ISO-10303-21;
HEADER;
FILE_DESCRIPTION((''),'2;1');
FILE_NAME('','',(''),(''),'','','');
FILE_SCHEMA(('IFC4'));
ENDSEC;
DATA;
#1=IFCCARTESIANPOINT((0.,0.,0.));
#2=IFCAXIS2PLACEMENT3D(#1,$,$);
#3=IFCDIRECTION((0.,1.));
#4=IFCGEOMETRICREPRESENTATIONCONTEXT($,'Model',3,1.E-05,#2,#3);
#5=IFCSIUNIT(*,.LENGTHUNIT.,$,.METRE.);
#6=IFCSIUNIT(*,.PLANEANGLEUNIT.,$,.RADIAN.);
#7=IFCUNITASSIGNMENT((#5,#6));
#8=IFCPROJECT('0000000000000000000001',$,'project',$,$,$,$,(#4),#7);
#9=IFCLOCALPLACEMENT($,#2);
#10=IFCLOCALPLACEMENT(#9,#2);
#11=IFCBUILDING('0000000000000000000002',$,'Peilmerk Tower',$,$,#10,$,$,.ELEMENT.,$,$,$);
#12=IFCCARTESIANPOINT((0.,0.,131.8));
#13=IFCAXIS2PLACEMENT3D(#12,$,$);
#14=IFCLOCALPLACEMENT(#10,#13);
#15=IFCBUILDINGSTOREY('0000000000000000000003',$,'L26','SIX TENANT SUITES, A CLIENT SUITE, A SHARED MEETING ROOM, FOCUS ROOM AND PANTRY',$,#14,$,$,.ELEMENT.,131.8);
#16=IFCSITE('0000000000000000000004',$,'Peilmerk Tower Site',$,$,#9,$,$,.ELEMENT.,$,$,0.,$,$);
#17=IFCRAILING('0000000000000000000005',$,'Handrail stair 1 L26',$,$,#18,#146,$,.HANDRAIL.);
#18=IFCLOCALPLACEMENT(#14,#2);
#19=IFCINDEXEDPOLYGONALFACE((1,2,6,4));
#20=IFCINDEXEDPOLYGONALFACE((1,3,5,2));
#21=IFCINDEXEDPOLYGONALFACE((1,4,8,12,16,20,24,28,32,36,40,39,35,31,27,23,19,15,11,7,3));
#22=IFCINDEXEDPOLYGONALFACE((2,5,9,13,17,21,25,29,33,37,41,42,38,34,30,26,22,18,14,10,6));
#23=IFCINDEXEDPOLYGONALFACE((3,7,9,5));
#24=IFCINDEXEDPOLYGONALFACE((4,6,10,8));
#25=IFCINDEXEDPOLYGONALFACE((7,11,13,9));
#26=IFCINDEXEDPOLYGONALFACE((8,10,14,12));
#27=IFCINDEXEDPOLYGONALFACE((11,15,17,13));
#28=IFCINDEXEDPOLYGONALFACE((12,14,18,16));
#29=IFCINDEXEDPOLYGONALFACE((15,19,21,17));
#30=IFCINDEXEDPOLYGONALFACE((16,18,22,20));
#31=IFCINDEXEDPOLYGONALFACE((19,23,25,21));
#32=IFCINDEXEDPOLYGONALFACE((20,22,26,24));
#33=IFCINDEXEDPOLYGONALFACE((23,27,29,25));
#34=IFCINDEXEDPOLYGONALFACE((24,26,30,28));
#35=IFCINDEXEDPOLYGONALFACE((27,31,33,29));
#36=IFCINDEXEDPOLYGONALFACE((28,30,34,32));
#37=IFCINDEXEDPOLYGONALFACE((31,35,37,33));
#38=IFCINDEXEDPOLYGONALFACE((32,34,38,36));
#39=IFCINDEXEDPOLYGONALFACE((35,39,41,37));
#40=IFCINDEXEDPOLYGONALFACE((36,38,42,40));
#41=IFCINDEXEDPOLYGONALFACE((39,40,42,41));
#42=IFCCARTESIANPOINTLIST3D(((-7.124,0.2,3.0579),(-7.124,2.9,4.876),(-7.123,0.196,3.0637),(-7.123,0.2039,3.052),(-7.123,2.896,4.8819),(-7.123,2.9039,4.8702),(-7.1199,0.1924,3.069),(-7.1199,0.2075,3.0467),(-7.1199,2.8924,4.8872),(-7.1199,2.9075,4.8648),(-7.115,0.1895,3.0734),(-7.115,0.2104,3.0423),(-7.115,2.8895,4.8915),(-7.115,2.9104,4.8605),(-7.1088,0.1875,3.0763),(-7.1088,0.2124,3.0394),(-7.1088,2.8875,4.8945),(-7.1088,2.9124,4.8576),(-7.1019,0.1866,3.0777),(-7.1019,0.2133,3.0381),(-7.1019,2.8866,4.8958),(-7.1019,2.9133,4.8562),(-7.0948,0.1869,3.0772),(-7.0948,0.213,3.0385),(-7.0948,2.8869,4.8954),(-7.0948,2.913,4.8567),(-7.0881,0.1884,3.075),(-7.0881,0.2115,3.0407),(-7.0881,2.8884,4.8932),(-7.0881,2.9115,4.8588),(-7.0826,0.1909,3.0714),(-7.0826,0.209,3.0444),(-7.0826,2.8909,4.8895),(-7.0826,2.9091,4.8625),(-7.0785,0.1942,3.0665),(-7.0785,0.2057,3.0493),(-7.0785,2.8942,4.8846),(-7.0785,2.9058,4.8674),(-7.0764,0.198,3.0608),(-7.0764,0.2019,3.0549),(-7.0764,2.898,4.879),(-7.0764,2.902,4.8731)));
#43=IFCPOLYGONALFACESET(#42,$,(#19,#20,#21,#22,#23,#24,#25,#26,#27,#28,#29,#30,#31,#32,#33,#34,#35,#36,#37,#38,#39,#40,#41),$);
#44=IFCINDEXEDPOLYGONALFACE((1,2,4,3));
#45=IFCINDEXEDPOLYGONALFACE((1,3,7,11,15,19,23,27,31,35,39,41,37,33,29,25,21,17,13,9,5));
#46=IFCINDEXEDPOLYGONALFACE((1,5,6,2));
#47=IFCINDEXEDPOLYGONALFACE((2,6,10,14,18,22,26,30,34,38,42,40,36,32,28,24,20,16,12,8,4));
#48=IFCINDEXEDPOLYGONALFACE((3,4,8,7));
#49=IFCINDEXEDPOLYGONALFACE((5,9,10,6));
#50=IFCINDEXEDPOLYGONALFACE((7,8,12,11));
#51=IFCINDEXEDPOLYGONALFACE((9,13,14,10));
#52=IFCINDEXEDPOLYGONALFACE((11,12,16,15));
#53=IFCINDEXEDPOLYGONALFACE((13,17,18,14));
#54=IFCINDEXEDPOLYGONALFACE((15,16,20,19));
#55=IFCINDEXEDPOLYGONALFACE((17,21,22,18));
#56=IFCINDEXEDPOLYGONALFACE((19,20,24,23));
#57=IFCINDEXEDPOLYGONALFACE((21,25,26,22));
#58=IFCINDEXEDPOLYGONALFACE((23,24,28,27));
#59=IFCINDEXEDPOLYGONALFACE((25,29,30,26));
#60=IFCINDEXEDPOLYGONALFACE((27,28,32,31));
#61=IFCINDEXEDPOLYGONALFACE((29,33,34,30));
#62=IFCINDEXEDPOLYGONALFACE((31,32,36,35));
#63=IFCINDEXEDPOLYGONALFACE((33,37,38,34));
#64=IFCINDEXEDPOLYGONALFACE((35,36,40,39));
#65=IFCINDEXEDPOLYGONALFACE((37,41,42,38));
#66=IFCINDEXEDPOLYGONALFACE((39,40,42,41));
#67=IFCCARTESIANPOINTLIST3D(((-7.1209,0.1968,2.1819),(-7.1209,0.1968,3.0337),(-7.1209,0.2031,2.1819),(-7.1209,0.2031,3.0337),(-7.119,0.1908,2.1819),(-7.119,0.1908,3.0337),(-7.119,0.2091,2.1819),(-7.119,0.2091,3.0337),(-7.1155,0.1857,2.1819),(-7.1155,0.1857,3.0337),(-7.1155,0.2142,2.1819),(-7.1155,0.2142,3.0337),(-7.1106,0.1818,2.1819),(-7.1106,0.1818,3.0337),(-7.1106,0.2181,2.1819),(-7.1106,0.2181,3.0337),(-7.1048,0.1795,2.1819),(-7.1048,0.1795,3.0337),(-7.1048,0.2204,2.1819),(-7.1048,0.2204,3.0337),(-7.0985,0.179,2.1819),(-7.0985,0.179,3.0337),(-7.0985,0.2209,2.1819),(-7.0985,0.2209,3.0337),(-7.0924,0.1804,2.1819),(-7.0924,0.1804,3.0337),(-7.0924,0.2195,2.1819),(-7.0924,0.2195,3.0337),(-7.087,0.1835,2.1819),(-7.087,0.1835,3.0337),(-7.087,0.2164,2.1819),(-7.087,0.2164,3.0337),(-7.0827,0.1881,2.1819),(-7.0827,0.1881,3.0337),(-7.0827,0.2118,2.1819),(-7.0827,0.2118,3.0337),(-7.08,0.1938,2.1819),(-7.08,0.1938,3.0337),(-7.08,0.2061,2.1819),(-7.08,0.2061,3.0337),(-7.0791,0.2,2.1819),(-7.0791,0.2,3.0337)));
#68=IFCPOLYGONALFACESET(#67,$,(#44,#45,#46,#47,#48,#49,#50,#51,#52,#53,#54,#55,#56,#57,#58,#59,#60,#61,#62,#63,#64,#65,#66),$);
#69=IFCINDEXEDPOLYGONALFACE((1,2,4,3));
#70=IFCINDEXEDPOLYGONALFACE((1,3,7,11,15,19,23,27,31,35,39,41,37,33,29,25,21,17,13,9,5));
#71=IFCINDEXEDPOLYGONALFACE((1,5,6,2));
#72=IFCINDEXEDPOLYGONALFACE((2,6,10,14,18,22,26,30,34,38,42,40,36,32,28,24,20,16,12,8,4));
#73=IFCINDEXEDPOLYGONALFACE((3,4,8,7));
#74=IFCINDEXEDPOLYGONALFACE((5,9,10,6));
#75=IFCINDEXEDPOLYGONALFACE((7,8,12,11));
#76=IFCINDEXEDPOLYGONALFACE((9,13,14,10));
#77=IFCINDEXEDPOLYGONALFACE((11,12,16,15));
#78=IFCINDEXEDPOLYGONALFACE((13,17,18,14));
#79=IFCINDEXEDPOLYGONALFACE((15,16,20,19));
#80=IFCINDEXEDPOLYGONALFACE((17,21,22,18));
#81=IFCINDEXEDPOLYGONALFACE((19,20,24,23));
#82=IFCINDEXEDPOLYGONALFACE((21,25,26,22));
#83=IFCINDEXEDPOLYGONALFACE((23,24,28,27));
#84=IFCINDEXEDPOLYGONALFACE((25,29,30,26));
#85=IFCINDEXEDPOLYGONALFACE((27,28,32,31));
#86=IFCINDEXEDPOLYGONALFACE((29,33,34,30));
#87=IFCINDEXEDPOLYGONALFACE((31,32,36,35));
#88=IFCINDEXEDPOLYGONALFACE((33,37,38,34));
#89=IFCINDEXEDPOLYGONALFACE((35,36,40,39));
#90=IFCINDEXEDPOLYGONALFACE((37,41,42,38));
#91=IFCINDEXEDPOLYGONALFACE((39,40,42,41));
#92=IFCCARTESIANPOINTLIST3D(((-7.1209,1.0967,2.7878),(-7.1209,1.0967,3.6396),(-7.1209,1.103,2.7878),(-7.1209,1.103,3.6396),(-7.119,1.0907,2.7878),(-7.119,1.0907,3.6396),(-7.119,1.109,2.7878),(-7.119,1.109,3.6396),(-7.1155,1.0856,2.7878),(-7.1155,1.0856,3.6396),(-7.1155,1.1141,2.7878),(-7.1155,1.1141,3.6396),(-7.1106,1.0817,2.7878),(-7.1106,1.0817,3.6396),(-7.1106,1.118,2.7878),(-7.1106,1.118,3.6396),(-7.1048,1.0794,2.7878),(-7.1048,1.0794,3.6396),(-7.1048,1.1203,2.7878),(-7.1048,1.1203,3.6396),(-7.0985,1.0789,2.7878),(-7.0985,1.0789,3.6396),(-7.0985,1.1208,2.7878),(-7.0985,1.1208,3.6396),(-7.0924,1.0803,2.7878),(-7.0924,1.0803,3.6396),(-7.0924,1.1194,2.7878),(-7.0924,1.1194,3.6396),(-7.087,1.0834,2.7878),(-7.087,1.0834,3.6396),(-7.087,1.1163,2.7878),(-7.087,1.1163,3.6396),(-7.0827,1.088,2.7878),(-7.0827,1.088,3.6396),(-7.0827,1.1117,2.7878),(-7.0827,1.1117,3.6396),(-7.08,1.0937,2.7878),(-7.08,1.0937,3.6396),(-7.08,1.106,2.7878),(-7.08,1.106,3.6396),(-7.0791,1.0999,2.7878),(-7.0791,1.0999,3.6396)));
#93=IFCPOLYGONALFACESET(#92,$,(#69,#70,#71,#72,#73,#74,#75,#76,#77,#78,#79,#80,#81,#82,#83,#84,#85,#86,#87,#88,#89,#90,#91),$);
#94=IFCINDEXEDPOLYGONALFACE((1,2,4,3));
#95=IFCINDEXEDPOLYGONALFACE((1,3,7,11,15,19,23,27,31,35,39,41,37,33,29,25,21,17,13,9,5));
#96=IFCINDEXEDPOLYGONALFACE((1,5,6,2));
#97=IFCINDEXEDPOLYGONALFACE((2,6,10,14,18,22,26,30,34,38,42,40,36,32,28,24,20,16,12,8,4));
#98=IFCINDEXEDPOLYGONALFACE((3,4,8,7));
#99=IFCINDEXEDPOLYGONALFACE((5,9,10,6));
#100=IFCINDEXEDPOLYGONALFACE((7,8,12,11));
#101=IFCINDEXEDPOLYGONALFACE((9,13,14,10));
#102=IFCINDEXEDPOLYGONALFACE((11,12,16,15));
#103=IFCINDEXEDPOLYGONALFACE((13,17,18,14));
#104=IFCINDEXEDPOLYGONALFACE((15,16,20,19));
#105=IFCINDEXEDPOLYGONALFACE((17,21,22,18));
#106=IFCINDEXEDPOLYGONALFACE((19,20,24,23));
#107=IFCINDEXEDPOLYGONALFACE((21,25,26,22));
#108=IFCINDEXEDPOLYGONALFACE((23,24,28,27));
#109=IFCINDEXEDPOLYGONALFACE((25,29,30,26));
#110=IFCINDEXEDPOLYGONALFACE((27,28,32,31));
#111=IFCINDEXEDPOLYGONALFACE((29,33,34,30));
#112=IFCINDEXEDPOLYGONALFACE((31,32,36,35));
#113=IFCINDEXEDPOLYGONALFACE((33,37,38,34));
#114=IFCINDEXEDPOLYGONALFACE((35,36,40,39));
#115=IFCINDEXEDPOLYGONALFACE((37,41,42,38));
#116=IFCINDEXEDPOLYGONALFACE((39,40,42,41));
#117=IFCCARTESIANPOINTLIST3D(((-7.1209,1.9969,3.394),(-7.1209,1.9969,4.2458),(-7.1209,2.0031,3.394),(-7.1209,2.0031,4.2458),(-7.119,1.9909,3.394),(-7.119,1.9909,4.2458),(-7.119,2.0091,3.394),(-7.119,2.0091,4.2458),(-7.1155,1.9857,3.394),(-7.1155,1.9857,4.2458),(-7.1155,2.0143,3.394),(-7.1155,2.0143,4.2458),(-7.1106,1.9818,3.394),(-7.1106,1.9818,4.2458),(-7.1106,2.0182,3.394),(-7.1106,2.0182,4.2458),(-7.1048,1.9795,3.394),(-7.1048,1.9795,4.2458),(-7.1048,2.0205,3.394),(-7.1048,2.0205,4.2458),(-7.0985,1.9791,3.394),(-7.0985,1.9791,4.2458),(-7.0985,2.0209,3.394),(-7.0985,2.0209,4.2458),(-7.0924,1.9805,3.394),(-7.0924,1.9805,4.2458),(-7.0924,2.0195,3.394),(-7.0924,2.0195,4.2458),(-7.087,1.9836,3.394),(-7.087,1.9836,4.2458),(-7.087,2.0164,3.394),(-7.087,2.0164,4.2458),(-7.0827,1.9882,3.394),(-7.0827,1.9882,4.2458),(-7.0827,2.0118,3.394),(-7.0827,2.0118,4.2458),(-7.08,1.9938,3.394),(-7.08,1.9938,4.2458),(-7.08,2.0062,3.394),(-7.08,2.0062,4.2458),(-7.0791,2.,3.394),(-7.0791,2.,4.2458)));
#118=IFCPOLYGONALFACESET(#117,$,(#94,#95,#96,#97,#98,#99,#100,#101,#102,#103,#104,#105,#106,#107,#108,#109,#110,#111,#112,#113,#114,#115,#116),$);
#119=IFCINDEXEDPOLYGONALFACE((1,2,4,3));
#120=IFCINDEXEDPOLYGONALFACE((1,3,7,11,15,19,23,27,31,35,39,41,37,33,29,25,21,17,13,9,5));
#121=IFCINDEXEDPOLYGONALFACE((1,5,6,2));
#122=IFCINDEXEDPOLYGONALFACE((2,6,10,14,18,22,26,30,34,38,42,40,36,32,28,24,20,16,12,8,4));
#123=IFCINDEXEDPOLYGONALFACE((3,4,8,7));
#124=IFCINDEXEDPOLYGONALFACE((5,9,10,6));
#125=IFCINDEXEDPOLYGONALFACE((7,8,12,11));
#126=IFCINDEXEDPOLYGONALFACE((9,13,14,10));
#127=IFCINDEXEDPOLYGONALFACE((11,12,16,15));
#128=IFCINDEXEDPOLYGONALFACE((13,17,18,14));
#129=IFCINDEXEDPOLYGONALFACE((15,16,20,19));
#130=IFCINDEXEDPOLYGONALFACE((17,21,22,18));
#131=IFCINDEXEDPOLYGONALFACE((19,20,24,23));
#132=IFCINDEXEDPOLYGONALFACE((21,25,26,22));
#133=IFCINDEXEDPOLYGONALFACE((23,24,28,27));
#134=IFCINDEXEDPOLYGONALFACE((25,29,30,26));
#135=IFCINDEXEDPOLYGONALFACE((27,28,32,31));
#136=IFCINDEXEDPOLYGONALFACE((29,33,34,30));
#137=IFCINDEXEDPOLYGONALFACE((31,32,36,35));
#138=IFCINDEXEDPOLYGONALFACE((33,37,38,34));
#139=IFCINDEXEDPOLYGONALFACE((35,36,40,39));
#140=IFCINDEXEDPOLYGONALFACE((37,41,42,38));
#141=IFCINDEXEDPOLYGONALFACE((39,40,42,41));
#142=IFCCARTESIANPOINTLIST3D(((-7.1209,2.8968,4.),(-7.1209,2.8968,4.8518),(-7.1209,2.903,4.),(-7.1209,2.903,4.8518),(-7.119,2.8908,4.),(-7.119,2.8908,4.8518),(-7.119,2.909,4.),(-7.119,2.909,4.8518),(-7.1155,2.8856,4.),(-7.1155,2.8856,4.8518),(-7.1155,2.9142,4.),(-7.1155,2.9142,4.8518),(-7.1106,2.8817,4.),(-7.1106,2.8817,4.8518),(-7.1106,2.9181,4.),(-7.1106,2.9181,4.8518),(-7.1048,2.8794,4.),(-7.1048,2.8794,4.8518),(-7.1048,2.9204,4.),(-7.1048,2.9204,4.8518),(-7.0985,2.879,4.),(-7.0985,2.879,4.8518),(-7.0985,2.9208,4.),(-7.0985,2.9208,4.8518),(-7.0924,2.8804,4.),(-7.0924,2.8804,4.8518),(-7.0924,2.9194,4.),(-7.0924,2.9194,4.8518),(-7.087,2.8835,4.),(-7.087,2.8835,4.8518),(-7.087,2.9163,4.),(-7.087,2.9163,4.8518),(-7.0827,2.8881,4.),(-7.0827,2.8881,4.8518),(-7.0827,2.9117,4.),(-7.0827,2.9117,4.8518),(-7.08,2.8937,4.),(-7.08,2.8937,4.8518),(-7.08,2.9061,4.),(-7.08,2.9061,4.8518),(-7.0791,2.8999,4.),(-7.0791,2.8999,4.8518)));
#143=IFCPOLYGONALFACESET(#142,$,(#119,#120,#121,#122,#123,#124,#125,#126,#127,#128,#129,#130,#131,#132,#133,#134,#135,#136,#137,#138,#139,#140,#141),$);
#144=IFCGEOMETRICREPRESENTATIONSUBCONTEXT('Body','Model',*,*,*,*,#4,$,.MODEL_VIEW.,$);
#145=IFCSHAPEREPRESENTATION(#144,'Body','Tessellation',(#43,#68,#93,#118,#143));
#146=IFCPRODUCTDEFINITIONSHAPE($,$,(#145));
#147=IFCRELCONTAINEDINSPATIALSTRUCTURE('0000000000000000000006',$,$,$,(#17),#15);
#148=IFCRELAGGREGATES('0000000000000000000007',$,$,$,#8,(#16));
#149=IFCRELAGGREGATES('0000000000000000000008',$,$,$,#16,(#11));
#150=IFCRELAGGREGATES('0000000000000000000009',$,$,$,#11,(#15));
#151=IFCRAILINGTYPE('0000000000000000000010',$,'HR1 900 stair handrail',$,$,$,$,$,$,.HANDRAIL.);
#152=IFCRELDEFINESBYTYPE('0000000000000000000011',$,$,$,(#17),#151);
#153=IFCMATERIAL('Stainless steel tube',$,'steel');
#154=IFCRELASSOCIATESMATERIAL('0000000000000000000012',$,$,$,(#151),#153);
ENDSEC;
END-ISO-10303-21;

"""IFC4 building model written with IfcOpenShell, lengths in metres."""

from ifc_helpers import new_model, si_unit, direction, frame, origin, origin_2d, place, context, subcontext, project, spatial, circle, extrude, material, type_object, element, save


model = new_model("IFC4")

# Units and contexts
model_context = context("Model", 3, precision=1e-05, world=origin(), true_north=direction((0.0, 1.0)))
body_context = subcontext(model_context, "Body", "Model", "MODEL_VIEW")
ifc_project = project(units=[si_unit("LENGTHUNIT", "METRE"), si_unit("PLANEANGLEUNIT", "RADIAN")], contexts=[model_context])

# Site, building, storey
site_placement = place(None, origin())
site = spatial("IfcSite", under=ifc_project, at=site_placement, Name="Peilmerk Tower Site", CompositionType="ELEMENT", RefElevation=0.0)
building_placement = place(site_placement, origin())
building = spatial("IfcBuilding", under=site, at=building_placement, Name="Peilmerk Tower", CompositionType="ELEMENT")
storey_placement = place(building_placement, frame((0.0, 0.0, 131.8)))
storey = spatial("IfcBuildingStorey", under=building, at=storey_placement, Name="L26", Description="SIX TENANT SUITES, A CLIENT SUITE, A SHARED MEETING ROOM, FOCUS ROOM AND PANTRY", CompositionType="ELEMENT", Elevation=131.8)

# Railing
ifc_material_1 = material(Name="Stainless steel tube", Category="steel")
railing_type_1 = type_object("IfcRailingType", Name="HR1 900 stair handrail", PredefinedType="HANDRAIL", material=ifc_material_1)
railing_1_placement = place(storey_placement, frame((-7.1001, 0.2, 2.1819)))
element("IfcRailing", 1, at=railing_1_placement, inside=storey, type_object=railing_type_1, Name="Handrail stair 1 L26", PredefinedType="HANDRAIL", context=body_context, shape_type="SweptSolid", body=[
    extrude(circle(Radius=0.0239, at=origin_2d()), frame((0.0, 0.0, 0.876), z_axis=(0.0, 0.829468, 0.558554), x_axis=(-1.0, 0.0, 0.0)), (0.0, 0.0, 1.0), 3.2551),
    extrude(circle(Radius=0.021, at=origin_2d()), origin(), (0.0, 0.0, 1.0), 0.8518),
    extrude(circle(Radius=0.021, at=origin_2d()), frame((0.0, 0.8999, 0.606)), (0.0, 0.0, 1.0), 0.8518),
    extrude(circle(Radius=0.021, at=origin_2d()), frame((0.0, 1.8, 1.2122)), (0.0, 0.0, 1.0), 0.8518),
    extrude(circle(Radius=0.021, at=origin_2d()), frame((0.0, 2.7, 1.8181)), (0.0, 0.0, 1.0), 0.8518),
])

save(model, "model.ifc")
